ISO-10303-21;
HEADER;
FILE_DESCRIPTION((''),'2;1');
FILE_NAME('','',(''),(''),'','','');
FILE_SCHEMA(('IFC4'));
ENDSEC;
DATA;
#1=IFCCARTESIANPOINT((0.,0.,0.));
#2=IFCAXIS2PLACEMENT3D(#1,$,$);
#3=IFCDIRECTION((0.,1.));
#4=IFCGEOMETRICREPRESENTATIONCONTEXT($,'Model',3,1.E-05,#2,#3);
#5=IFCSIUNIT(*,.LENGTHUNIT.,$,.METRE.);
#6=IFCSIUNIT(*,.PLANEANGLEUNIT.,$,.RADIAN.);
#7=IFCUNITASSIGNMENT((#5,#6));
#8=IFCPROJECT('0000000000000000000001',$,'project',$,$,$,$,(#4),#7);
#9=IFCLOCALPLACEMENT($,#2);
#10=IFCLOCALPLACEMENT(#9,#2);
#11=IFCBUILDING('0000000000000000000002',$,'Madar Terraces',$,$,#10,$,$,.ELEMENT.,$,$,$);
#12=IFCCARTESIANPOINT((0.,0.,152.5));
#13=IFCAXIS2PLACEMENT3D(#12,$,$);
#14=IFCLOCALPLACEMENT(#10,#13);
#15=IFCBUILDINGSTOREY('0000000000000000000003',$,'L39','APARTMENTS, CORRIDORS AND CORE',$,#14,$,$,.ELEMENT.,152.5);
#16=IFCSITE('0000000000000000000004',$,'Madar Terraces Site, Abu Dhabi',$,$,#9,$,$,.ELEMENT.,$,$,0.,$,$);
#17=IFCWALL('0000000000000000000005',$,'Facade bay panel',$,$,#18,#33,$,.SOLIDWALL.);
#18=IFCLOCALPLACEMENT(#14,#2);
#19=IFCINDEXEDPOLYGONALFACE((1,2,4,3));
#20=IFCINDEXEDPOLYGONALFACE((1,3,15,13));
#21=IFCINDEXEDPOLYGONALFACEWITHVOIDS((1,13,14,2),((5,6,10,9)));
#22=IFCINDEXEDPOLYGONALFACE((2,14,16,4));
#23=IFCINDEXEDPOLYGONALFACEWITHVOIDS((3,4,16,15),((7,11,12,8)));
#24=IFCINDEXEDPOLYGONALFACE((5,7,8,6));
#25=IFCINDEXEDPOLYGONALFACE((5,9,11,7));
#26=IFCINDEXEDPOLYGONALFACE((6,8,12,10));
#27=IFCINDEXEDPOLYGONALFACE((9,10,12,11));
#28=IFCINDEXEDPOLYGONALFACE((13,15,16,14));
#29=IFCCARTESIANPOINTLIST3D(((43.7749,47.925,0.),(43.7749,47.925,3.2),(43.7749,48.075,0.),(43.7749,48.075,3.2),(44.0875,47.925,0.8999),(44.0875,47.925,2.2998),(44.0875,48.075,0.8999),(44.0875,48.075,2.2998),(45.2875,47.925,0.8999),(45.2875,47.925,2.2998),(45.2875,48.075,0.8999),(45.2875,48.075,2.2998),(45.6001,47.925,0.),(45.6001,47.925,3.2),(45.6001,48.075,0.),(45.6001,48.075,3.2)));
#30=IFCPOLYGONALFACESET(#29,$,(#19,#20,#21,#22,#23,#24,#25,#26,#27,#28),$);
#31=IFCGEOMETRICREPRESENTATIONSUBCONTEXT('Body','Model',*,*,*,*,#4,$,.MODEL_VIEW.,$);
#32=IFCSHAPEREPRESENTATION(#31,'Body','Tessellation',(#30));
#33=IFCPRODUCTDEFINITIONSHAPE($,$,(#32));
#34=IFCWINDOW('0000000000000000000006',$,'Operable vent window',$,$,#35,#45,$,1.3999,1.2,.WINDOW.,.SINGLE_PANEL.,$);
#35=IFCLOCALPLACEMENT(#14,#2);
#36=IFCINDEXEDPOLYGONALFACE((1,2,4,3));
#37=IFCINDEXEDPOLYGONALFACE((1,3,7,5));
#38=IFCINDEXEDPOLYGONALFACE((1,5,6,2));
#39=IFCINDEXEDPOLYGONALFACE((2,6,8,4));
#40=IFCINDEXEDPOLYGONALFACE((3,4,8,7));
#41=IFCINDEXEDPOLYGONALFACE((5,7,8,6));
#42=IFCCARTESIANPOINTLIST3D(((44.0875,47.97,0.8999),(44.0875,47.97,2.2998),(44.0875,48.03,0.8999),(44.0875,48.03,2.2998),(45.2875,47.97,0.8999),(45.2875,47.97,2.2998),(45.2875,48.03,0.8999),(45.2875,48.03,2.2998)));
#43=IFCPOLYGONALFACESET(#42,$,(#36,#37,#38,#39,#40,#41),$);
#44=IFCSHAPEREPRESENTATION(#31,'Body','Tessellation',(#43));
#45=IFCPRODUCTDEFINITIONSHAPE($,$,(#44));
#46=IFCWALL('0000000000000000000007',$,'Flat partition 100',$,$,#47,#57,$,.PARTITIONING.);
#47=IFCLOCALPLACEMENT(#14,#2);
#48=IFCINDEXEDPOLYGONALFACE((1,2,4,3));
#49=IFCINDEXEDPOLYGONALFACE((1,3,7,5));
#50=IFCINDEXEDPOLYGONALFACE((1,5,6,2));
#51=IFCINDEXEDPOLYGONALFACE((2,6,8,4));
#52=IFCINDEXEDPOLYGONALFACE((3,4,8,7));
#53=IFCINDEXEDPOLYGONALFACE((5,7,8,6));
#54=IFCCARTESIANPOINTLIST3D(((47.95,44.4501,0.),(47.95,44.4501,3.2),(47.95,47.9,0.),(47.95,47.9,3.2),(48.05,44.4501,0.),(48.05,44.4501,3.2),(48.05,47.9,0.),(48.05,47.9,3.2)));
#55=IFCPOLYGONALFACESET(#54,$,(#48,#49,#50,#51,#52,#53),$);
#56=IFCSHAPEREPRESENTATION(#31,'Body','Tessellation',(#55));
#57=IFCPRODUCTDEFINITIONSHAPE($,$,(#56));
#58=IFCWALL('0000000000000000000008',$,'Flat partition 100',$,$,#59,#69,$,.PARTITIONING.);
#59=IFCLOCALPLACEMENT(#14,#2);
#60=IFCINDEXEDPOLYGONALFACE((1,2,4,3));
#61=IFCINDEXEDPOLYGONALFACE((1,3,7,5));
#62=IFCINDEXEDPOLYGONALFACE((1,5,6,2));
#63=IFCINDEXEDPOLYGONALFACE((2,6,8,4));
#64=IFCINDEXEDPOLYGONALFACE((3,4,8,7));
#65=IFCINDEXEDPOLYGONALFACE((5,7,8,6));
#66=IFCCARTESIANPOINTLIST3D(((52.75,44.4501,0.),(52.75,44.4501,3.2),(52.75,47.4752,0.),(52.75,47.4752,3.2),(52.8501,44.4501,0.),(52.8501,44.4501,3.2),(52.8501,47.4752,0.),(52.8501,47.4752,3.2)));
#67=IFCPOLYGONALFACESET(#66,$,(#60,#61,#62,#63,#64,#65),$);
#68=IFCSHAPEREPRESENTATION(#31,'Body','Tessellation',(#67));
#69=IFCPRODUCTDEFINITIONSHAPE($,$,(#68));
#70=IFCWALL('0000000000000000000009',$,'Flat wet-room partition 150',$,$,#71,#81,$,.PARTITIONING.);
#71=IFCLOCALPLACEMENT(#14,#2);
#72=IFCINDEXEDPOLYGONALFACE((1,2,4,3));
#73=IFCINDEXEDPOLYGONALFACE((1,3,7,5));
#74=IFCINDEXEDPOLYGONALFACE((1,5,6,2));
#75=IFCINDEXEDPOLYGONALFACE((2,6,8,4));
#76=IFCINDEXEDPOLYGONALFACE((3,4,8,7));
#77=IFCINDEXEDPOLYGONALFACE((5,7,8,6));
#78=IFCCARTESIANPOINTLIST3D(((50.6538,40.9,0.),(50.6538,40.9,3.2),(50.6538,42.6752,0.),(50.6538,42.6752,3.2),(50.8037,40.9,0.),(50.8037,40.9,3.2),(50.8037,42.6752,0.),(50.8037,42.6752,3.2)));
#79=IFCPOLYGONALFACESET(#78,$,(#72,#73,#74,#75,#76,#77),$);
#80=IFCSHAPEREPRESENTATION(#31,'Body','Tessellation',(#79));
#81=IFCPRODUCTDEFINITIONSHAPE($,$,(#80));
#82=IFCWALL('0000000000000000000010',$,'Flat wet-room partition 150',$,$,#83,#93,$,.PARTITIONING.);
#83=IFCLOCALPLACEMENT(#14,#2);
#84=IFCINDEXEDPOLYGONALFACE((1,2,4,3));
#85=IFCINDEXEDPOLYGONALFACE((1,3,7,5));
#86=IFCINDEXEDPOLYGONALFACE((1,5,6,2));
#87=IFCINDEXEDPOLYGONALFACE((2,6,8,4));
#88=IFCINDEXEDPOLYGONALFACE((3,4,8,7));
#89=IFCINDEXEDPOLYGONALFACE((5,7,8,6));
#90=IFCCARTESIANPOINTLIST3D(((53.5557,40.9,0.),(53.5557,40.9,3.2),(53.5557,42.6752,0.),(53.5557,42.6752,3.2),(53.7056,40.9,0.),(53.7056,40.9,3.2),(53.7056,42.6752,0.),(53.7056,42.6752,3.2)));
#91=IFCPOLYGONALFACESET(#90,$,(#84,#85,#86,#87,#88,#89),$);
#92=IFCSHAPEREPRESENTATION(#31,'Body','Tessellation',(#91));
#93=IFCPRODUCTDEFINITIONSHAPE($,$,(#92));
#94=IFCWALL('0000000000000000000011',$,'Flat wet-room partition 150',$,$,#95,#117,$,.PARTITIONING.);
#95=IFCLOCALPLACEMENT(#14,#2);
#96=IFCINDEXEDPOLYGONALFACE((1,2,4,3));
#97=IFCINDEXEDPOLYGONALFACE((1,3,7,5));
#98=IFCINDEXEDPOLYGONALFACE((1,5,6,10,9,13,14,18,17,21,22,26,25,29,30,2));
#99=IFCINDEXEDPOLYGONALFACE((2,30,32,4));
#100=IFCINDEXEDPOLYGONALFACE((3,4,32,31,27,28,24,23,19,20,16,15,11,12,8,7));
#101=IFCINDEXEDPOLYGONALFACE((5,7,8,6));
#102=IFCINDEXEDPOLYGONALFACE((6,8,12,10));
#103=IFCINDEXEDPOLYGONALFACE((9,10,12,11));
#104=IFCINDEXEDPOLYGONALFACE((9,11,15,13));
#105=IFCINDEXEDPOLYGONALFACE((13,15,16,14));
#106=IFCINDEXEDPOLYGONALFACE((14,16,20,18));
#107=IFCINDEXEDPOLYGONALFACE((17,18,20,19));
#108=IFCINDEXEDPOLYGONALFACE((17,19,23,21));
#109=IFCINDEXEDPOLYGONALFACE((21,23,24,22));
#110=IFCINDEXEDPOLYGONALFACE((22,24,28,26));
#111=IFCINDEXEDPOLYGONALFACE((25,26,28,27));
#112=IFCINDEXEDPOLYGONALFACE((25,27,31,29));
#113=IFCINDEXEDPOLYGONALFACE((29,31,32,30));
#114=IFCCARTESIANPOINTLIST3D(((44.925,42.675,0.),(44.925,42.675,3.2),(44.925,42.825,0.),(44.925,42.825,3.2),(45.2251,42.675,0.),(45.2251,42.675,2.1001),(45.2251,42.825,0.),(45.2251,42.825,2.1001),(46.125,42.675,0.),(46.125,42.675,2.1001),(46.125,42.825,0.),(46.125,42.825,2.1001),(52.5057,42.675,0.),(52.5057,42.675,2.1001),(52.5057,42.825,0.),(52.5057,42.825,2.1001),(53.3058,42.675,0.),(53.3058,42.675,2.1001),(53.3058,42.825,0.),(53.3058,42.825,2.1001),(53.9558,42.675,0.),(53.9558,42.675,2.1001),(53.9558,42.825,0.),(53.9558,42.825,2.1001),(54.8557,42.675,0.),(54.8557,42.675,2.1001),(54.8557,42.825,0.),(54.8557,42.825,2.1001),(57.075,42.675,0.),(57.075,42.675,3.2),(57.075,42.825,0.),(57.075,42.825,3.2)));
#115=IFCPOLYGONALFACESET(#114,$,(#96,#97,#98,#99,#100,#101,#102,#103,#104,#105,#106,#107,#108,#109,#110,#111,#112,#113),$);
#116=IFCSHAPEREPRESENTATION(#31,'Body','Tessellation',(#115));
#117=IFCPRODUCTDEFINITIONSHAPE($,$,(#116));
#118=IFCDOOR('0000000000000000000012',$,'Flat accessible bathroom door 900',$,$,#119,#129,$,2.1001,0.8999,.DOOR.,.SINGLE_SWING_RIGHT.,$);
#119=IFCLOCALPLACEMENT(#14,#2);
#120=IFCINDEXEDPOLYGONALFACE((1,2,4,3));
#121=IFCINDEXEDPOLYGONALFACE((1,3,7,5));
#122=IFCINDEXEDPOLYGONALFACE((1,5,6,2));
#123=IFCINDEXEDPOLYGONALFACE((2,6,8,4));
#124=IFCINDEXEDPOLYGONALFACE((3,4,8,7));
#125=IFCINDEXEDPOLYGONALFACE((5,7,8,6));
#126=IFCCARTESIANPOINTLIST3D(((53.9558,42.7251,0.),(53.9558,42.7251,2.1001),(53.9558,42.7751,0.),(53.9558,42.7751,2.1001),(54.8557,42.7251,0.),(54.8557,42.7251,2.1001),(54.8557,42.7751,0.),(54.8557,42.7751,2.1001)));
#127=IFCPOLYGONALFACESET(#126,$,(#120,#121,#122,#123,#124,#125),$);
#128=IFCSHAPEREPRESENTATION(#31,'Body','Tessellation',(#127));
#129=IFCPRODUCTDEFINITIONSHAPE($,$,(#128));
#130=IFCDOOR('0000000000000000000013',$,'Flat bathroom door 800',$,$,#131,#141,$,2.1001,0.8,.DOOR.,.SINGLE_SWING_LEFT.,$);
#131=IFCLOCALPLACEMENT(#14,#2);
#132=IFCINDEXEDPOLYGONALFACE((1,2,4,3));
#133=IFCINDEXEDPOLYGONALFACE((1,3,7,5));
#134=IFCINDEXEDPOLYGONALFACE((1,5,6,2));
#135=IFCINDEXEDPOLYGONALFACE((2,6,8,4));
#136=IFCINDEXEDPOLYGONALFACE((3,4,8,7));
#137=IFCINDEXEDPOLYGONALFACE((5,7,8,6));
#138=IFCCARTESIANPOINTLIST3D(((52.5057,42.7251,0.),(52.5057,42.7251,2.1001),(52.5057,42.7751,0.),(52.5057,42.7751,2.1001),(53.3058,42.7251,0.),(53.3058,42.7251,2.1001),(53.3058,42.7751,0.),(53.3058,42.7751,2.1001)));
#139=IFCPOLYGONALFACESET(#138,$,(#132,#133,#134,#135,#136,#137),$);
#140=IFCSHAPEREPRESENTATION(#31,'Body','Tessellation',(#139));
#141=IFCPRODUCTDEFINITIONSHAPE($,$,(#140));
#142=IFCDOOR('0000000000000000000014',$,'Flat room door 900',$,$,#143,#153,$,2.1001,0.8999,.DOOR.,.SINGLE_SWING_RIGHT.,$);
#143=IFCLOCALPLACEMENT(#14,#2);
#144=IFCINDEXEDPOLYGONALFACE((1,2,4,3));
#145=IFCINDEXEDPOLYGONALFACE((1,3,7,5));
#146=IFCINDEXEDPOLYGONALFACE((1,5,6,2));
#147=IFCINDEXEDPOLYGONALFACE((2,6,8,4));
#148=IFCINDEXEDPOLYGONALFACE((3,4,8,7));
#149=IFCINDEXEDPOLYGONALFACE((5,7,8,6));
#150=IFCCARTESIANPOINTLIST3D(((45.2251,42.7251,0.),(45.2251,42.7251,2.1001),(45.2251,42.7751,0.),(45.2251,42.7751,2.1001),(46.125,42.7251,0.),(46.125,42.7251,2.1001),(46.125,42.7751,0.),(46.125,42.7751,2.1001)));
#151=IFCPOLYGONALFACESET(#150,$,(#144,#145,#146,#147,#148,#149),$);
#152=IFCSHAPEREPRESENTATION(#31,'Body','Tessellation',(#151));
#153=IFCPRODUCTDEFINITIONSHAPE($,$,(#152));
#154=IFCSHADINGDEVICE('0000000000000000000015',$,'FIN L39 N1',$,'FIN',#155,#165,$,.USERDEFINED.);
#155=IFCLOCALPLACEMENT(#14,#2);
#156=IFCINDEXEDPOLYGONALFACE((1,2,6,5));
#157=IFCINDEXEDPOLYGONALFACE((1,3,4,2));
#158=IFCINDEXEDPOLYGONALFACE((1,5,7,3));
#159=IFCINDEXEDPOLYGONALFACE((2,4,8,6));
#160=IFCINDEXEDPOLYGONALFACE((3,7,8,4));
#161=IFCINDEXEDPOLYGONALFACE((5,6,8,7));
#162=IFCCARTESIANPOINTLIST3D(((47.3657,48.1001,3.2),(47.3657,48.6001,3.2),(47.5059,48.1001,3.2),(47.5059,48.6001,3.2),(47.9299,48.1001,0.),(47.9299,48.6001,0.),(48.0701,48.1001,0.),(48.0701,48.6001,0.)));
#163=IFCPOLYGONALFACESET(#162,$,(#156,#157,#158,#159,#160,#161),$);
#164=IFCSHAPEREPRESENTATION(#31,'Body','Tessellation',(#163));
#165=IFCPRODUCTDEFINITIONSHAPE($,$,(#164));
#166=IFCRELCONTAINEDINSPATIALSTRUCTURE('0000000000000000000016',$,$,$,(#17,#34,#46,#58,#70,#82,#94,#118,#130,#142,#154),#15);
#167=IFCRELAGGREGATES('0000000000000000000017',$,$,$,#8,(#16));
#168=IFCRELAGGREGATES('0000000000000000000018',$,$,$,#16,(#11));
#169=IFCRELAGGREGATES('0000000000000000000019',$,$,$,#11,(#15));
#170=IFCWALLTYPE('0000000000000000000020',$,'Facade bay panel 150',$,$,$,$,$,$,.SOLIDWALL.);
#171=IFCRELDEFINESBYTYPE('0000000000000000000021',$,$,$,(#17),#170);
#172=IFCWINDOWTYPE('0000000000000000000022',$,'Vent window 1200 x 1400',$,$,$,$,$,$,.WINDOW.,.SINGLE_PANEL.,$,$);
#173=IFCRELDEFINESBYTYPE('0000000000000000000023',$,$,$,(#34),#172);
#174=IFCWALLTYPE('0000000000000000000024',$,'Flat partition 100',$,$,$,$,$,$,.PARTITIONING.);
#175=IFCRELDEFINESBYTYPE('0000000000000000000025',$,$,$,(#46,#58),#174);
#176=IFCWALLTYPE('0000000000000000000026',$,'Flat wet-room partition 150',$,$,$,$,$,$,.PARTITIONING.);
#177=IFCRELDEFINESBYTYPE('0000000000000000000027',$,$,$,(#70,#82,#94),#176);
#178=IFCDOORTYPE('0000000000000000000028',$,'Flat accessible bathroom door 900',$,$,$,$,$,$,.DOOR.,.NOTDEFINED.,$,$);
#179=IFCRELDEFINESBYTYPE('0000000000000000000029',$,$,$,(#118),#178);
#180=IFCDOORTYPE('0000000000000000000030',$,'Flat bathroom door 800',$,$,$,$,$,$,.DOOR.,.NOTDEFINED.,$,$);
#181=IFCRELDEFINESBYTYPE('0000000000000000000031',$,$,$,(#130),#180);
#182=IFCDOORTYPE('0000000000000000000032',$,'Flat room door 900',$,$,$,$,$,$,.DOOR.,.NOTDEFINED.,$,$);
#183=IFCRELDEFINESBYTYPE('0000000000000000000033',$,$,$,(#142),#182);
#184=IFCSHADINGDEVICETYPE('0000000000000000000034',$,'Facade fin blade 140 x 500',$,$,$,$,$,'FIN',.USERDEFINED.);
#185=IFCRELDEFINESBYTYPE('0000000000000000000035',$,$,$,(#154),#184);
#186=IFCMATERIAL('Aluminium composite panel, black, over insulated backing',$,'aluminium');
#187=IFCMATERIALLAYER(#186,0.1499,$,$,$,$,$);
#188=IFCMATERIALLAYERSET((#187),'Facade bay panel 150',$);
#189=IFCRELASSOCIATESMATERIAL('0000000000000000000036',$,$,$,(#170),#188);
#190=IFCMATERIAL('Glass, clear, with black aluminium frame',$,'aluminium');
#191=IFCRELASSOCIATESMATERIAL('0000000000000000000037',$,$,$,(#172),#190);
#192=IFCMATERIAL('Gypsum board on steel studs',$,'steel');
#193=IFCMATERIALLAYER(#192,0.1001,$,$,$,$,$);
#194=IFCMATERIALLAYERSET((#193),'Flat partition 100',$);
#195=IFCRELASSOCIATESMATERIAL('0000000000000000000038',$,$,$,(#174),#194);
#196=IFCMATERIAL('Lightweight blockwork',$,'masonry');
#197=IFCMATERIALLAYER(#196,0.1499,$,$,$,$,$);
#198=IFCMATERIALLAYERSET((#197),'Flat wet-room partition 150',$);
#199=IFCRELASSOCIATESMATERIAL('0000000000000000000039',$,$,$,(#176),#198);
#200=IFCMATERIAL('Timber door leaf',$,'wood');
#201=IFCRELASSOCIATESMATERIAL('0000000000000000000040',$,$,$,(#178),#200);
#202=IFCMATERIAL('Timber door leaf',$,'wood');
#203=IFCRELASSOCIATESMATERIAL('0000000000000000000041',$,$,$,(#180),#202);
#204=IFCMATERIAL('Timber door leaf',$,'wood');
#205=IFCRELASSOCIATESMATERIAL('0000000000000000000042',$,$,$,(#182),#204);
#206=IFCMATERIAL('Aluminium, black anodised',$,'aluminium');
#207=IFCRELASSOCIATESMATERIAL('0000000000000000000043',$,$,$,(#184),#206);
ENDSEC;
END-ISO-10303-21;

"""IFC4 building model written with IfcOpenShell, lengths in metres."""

from ifc_helpers import new_model, si_unit, direction, frame, frame_2d, origin, place, context, subcontext, project, spatial, polyline, rectangle, outline, extrude, material, layer, layer_set, type_object, element, fill, save


model = new_model("IFC4")

# Units and contexts
model_context = context("Model", 3, precision=1e-05, world=origin(), true_north=direction((0.0, 1.0)))
body_context = subcontext(model_context, "Body", "Model", "MODEL_VIEW")
ifc_project = project(units=[si_unit("LENGTHUNIT", "METRE"), si_unit("PLANEANGLEUNIT", "RADIAN")], contexts=[model_context])

# Site, building, storey
site_placement = place(None, origin())
site = spatial("IfcSite", under=ifc_project, at=site_placement, Name="Madar Terraces Site, Abu Dhabi", CompositionType="ELEMENT", RefElevation=0.0)
building_placement = place(site_placement, origin())
building = spatial("IfcBuilding", under=site, at=building_placement, Name="Madar Terraces", CompositionType="ELEMENT")
storey_placement = place(building_placement, frame((0.0, 0.0, 152.5)))
storey = spatial("IfcBuildingStorey", under=building, at=storey_placement, Name="L39", Description="APARTMENTS, CORRIDORS AND CORE", CompositionType="ELEMENT", Elevation=152.5)

# Shared definitions
ifc_material_1 = material(Name="Aluminium composite panel, black, over insulated backing", Category="aluminium")
ifc_layer_1 = layer(ifc_material_1, 0.1499)
ifc_layer_set_1 = layer_set([ifc_layer_1], Name="Facade bay panel 150")
wall_type_1 = type_object("IfcWallType", Name="Facade bay panel 150", PredefinedType="SOLIDWALL", material=ifc_layer_set_1)

# Wall, opening, window
wall_1_placement = place(storey_placement, frame((45.6001, 48.0, 0.0), z_axis=(0.0, 0.0, 1.0), x_axis=(-1.0, 0.0, 0.0)))
wall_1 = element("IfcWall", 1, at=wall_1_placement, inside=storey, type_object=wall_type_1, Name="Facade bay panel", PredefinedType="SOLIDWALL", context=body_context, shape_type="SweptSolid", body=[
    extrude(rectangle(XDim=1.8252, YDim=0.1499, at=frame_2d((0.9126, 0.0))), origin(), (0.0, 0.0, 1.0), 3.2),
])
opening_1_placement = place(wall_1_placement, frame((0.3125, 0.0, 0.8999)))
opening_1 = element("IfcOpeningElement", 2, at=opening_1_placement, cuts=wall_1, PredefinedType="OPENING", context=body_context, shape_type="SweptSolid", body=[
    extrude(rectangle(XDim=1.2, YDim=1.3999, at=frame_2d((0.6001, 0.7))), frame((0.0, 0.085, 0.0), z_axis=(0.0, -1.0, 0.0), x_axis=(1.0, 0.0, 0.0)), (0.0, 0.0, 1.0), 0.1699),
])
ifc_material_2 = material(Name="Glass, clear, with black aluminium frame", Category="aluminium")
window_type = type_object("IfcWindowType", Name="Vent window 1200 x 1400", PartitioningType="SINGLE_PANEL", PredefinedType="WINDOW", material=ifc_material_2)
window_placement = place(opening_1_placement, origin())
window = element("IfcWindow", 3, at=window_placement, inside=storey, type_object=window_type, Name="Operable vent window", OverallHeight=1.3999, OverallWidth=1.2, PartitioningType="SINGLE_PANEL", PredefinedType="WINDOW", context=body_context, shape_type="SweptSolid", body=[
    extrude(rectangle(XDim=1.2, YDim=1.3999, at=frame_2d((0.6001, 0.7))), frame((0.0, 0.03, 0.0), z_axis=(0.0, -1.0, 0.0), x_axis=(1.0, 0.0, 0.0)), (0.0, 0.0, 1.0), 0.0601),
])
fill(opening_1, window)

# Walls
ifc_material_3 = material(Name="Gypsum board on steel studs", Category="steel")
ifc_layer_2 = layer(ifc_material_3, 0.1001)
ifc_layer_set_2 = layer_set([ifc_layer_2], Name="Flat partition 100")
wall_type_2 = type_object("IfcWallType", Name="Flat partition 100", PredefinedType="PARTITIONING", material=ifc_layer_set_2)
wall_2_placement = place(storey_placement, frame((48.0, 44.45, 0.0), z_axis=(0.0, 0.0, 1.0), x_axis=(0.0, 1.0, 0.0)))
element("IfcWall", 4, at=wall_2_placement, inside=storey, type_object=wall_type_2, Name="Flat partition 100", PredefinedType="PARTITIONING", context=body_context, shape_type="SweptSolid", body=[
    extrude(rectangle(XDim=3.45, YDim=0.1001, at=frame_2d((1.7251, 0.0))), origin(), (0.0, 0.0, 1.0), 3.2),
])
wall_3_placement = place(storey_placement, frame((52.8, 44.45, 0.0), z_axis=(0.0, 0.0, 1.0), x_axis=(0.0, 1.0, 0.0)))
element("IfcWall", 5, at=wall_3_placement, inside=storey, type_object=wall_type_2, Name="Flat partition 100", PredefinedType="PARTITIONING", context=body_context, shape_type="SweptSolid", body=[
    extrude(rectangle(XDim=3.0251, YDim=0.1001, at=frame_2d((1.5127, 0.0))), origin(), (0.0, 0.0, 1.0), 3.2),
])
ifc_material_4 = material(Name="Lightweight blockwork", Category="masonry")
ifc_layer_3 = layer(ifc_material_4, 0.1499)
ifc_layer_set_3 = layer_set([ifc_layer_3], Name="Flat wet-room partition 150")
wall_type_3 = type_object("IfcWallType", Name="Flat wet-room partition 150", PredefinedType="PARTITIONING", material=ifc_layer_set_3)
for number, where, z_axis, x_axis, name in (
    (6, (50.7288, 40.8999, 0.0), (0.0, 0.0, 1.0), (0.0, 1.0, 0.0), "Flat wet-room partition 150"),
    (7, (53.6306, 40.8999, 0.0), (0.0, 0.0, 1.0), (0.0, 1.0, 0.0), "Flat wet-room partition 150"),
):
    element("IfcWall", number, at=place(storey_placement, frame(where, z_axis=z_axis, x_axis=x_axis)), inside=storey, type_object=wall_type_3, Name=name, PredefinedType="PARTITIONING", context=body_context, shape_type="SweptSolid", body=[
        extrude(rectangle(XDim=1.7751, YDim=0.1499, at=frame_2d((0.8877, 0.0))), origin(), (0.0, 0.0, 1.0), 3.2),
    ])

# Wall, openings, doors
wall_4_placement = place(storey_placement, frame((57.075, 42.75, 0.0), z_axis=(0.0, 0.0, 1.0), x_axis=(-1.0, 0.0, 0.0)))
wall_4 = element("IfcWall", 8, at=wall_4_placement, inside=storey, type_object=wall_type_3, Name="Flat wet-room partition 150", PredefinedType="PARTITIONING", context=body_context, shape_type="SweptSolid", body=[
    extrude(rectangle(XDim=12.1499, YDim=0.1499, at=frame_2d((6.075, 0.0))), origin(), (0.0, 0.0, 1.0), 3.2),
])
opening_2_placement = place(wall_4_placement, frame((10.95, 0.0, 0.0)))
opening_2 = element("IfcOpeningElement", 9, at=opening_2_placement, cuts=wall_4, PredefinedType="OPENING", context=body_context, shape_type="SweptSolid", body=[
    extrude(rectangle(XDim=0.8999, YDim=2.1001, at=frame_2d((0.45, 1.05))), frame((0.0, 0.085, 0.0), z_axis=(0.0, -1.0, 0.0), x_axis=(1.0, 0.0, 0.0)), (0.0, 0.0, 1.0), 0.1699),
])
opening_3_placement = place(wall_4_placement, frame((3.7693, 0.0, 0.0)))
opening_3 = element("IfcOpeningElement", 10, at=opening_3_placement, cuts=wall_4, PredefinedType="OPENING", context=body_context, shape_type="SweptSolid", body=[
    extrude(rectangle(XDim=0.8, YDim=2.1001, at=frame_2d((0.3999, 1.05))), frame((0.0, 0.085, 0.0), z_axis=(0.0, -1.0, 0.0), x_axis=(1.0, 0.0, 0.0)), (0.0, 0.0, 1.0), 0.1699),
])
opening_4_placement = place(wall_4_placement, frame((2.2192, 0.0, 0.0)))
opening_4 = element("IfcOpeningElement", 11, at=opening_4_placement, cuts=wall_4, PredefinedType="OPENING", context=body_context, shape_type="SweptSolid", body=[
    extrude(rectangle(XDim=0.8999, YDim=2.1001, at=frame_2d((0.45, 1.05))), frame((0.0, 0.085, 0.0), z_axis=(0.0, -1.0, 0.0), x_axis=(1.0, 0.0, 0.0)), (0.0, 0.0, 1.0), 0.1699),
])
ifc_material_5 = material(Name="Timber door leaf", Category="wood")
door_type_1 = type_object("IfcDoorType", Name="Flat accessible bathroom door 900", OperationType="NOTDEFINED", PredefinedType="DOOR", material=ifc_material_5)
door_1_placement = place(opening_4_placement, origin())
door_1 = element("IfcDoor", 12, at=door_1_placement, inside=storey, type_object=door_type_1, Name="Flat accessible bathroom door 900", OperationType="SINGLE_SWING_RIGHT", OverallHeight=2.1001, OverallWidth=0.8999, PredefinedType="DOOR", context=body_context, shape_type="SweptSolid", body=[
    extrude(rectangle(XDim=0.8999, YDim=2.1001, at=frame_2d((0.45, 1.05))), frame((0.0, 0.0249, 0.0), z_axis=(0.0, -1.0, 0.0), x_axis=(1.0, 0.0, 0.0)), (0.0, 0.0, 1.0), 0.05),
])
fill(opening_4, door_1)
ifc_material_6 = material(Name="Timber door leaf", Category="wood")
door_type_2 = type_object("IfcDoorType", Name="Flat bathroom door 800", OperationType="NOTDEFINED", PredefinedType="DOOR", material=ifc_material_6)
door_2_placement = place(opening_3_placement, origin())
door_2 = element("IfcDoor", 13, at=door_2_placement, inside=storey, type_object=door_type_2, Name="Flat bathroom door 800", OperationType="SINGLE_SWING_LEFT", OverallHeight=2.1001, OverallWidth=0.8, PredefinedType="DOOR", context=body_context, shape_type="SweptSolid", body=[
    extrude(rectangle(XDim=0.8, YDim=2.1001, at=frame_2d((0.3999, 1.05))), frame((0.0, 0.0249, 0.0), z_axis=(0.0, -1.0, 0.0), x_axis=(1.0, 0.0, 0.0)), (0.0, 0.0, 1.0), 0.05),
])
fill(opening_3, door_2)
ifc_material_7 = material(Name="Timber door leaf", Category="wood")
door_type_3 = type_object("IfcDoorType", Name="Flat room door 900", OperationType="NOTDEFINED", PredefinedType="DOOR", material=ifc_material_7)
door_3_placement = place(opening_2_placement, origin())
door_3 = element("IfcDoor", 14, at=door_3_placement, inside=storey, type_object=door_type_3, Name="Flat room door 900", OperationType="SINGLE_SWING_RIGHT", OverallHeight=2.1001, OverallWidth=0.8999, PredefinedType="DOOR", context=body_context, shape_type="SweptSolid", body=[
    extrude(rectangle(XDim=0.8999, YDim=2.1001, at=frame_2d((0.45, 1.05))), frame((0.0, 0.0249, 0.0), z_axis=(0.0, -1.0, 0.0), x_axis=(1.0, 0.0, 0.0)), (0.0, 0.0, 1.0), 0.05),
])
fill(opening_2, door_3)

# Shading device
ifc_material_8 = material(Name="Aluminium, black anodised", Category="aluminium")
shading_device_type = type_object("IfcShadingDeviceType", Name="Facade fin blade 140 x 500", ElementType="FIN", PredefinedType="USERDEFINED", material=ifc_material_8)
shading_device_placement = place(storey_placement, frame((48.0701, 48.3501, 0.0), z_axis=(0.0, 0.0, 1.0), x_axis=(-1.0, 0.0, 0.0)))
element("IfcShadingDevice", 15, at=shading_device_placement, inside=storey, type_object=shading_device_type, Name="FIN L39 N1", ObjectType="FIN", PredefinedType="USERDEFINED", context=body_context, shape_type="SweptSolid", body=[
    extrude(outline(polyline([(0.0, 0.0), (0.1401, 0.0), (0.7043, 3.2), (0.5642, 3.2), (0.0, 0.0)])), frame((0.0, 0.25, 0.0), z_axis=(0.0, -1.0, 0.0), x_axis=(1.0, 0.0, 0.0)), (0.0, 0.0, 1.0), 0.5),
])

save(model, "model.ifc")
